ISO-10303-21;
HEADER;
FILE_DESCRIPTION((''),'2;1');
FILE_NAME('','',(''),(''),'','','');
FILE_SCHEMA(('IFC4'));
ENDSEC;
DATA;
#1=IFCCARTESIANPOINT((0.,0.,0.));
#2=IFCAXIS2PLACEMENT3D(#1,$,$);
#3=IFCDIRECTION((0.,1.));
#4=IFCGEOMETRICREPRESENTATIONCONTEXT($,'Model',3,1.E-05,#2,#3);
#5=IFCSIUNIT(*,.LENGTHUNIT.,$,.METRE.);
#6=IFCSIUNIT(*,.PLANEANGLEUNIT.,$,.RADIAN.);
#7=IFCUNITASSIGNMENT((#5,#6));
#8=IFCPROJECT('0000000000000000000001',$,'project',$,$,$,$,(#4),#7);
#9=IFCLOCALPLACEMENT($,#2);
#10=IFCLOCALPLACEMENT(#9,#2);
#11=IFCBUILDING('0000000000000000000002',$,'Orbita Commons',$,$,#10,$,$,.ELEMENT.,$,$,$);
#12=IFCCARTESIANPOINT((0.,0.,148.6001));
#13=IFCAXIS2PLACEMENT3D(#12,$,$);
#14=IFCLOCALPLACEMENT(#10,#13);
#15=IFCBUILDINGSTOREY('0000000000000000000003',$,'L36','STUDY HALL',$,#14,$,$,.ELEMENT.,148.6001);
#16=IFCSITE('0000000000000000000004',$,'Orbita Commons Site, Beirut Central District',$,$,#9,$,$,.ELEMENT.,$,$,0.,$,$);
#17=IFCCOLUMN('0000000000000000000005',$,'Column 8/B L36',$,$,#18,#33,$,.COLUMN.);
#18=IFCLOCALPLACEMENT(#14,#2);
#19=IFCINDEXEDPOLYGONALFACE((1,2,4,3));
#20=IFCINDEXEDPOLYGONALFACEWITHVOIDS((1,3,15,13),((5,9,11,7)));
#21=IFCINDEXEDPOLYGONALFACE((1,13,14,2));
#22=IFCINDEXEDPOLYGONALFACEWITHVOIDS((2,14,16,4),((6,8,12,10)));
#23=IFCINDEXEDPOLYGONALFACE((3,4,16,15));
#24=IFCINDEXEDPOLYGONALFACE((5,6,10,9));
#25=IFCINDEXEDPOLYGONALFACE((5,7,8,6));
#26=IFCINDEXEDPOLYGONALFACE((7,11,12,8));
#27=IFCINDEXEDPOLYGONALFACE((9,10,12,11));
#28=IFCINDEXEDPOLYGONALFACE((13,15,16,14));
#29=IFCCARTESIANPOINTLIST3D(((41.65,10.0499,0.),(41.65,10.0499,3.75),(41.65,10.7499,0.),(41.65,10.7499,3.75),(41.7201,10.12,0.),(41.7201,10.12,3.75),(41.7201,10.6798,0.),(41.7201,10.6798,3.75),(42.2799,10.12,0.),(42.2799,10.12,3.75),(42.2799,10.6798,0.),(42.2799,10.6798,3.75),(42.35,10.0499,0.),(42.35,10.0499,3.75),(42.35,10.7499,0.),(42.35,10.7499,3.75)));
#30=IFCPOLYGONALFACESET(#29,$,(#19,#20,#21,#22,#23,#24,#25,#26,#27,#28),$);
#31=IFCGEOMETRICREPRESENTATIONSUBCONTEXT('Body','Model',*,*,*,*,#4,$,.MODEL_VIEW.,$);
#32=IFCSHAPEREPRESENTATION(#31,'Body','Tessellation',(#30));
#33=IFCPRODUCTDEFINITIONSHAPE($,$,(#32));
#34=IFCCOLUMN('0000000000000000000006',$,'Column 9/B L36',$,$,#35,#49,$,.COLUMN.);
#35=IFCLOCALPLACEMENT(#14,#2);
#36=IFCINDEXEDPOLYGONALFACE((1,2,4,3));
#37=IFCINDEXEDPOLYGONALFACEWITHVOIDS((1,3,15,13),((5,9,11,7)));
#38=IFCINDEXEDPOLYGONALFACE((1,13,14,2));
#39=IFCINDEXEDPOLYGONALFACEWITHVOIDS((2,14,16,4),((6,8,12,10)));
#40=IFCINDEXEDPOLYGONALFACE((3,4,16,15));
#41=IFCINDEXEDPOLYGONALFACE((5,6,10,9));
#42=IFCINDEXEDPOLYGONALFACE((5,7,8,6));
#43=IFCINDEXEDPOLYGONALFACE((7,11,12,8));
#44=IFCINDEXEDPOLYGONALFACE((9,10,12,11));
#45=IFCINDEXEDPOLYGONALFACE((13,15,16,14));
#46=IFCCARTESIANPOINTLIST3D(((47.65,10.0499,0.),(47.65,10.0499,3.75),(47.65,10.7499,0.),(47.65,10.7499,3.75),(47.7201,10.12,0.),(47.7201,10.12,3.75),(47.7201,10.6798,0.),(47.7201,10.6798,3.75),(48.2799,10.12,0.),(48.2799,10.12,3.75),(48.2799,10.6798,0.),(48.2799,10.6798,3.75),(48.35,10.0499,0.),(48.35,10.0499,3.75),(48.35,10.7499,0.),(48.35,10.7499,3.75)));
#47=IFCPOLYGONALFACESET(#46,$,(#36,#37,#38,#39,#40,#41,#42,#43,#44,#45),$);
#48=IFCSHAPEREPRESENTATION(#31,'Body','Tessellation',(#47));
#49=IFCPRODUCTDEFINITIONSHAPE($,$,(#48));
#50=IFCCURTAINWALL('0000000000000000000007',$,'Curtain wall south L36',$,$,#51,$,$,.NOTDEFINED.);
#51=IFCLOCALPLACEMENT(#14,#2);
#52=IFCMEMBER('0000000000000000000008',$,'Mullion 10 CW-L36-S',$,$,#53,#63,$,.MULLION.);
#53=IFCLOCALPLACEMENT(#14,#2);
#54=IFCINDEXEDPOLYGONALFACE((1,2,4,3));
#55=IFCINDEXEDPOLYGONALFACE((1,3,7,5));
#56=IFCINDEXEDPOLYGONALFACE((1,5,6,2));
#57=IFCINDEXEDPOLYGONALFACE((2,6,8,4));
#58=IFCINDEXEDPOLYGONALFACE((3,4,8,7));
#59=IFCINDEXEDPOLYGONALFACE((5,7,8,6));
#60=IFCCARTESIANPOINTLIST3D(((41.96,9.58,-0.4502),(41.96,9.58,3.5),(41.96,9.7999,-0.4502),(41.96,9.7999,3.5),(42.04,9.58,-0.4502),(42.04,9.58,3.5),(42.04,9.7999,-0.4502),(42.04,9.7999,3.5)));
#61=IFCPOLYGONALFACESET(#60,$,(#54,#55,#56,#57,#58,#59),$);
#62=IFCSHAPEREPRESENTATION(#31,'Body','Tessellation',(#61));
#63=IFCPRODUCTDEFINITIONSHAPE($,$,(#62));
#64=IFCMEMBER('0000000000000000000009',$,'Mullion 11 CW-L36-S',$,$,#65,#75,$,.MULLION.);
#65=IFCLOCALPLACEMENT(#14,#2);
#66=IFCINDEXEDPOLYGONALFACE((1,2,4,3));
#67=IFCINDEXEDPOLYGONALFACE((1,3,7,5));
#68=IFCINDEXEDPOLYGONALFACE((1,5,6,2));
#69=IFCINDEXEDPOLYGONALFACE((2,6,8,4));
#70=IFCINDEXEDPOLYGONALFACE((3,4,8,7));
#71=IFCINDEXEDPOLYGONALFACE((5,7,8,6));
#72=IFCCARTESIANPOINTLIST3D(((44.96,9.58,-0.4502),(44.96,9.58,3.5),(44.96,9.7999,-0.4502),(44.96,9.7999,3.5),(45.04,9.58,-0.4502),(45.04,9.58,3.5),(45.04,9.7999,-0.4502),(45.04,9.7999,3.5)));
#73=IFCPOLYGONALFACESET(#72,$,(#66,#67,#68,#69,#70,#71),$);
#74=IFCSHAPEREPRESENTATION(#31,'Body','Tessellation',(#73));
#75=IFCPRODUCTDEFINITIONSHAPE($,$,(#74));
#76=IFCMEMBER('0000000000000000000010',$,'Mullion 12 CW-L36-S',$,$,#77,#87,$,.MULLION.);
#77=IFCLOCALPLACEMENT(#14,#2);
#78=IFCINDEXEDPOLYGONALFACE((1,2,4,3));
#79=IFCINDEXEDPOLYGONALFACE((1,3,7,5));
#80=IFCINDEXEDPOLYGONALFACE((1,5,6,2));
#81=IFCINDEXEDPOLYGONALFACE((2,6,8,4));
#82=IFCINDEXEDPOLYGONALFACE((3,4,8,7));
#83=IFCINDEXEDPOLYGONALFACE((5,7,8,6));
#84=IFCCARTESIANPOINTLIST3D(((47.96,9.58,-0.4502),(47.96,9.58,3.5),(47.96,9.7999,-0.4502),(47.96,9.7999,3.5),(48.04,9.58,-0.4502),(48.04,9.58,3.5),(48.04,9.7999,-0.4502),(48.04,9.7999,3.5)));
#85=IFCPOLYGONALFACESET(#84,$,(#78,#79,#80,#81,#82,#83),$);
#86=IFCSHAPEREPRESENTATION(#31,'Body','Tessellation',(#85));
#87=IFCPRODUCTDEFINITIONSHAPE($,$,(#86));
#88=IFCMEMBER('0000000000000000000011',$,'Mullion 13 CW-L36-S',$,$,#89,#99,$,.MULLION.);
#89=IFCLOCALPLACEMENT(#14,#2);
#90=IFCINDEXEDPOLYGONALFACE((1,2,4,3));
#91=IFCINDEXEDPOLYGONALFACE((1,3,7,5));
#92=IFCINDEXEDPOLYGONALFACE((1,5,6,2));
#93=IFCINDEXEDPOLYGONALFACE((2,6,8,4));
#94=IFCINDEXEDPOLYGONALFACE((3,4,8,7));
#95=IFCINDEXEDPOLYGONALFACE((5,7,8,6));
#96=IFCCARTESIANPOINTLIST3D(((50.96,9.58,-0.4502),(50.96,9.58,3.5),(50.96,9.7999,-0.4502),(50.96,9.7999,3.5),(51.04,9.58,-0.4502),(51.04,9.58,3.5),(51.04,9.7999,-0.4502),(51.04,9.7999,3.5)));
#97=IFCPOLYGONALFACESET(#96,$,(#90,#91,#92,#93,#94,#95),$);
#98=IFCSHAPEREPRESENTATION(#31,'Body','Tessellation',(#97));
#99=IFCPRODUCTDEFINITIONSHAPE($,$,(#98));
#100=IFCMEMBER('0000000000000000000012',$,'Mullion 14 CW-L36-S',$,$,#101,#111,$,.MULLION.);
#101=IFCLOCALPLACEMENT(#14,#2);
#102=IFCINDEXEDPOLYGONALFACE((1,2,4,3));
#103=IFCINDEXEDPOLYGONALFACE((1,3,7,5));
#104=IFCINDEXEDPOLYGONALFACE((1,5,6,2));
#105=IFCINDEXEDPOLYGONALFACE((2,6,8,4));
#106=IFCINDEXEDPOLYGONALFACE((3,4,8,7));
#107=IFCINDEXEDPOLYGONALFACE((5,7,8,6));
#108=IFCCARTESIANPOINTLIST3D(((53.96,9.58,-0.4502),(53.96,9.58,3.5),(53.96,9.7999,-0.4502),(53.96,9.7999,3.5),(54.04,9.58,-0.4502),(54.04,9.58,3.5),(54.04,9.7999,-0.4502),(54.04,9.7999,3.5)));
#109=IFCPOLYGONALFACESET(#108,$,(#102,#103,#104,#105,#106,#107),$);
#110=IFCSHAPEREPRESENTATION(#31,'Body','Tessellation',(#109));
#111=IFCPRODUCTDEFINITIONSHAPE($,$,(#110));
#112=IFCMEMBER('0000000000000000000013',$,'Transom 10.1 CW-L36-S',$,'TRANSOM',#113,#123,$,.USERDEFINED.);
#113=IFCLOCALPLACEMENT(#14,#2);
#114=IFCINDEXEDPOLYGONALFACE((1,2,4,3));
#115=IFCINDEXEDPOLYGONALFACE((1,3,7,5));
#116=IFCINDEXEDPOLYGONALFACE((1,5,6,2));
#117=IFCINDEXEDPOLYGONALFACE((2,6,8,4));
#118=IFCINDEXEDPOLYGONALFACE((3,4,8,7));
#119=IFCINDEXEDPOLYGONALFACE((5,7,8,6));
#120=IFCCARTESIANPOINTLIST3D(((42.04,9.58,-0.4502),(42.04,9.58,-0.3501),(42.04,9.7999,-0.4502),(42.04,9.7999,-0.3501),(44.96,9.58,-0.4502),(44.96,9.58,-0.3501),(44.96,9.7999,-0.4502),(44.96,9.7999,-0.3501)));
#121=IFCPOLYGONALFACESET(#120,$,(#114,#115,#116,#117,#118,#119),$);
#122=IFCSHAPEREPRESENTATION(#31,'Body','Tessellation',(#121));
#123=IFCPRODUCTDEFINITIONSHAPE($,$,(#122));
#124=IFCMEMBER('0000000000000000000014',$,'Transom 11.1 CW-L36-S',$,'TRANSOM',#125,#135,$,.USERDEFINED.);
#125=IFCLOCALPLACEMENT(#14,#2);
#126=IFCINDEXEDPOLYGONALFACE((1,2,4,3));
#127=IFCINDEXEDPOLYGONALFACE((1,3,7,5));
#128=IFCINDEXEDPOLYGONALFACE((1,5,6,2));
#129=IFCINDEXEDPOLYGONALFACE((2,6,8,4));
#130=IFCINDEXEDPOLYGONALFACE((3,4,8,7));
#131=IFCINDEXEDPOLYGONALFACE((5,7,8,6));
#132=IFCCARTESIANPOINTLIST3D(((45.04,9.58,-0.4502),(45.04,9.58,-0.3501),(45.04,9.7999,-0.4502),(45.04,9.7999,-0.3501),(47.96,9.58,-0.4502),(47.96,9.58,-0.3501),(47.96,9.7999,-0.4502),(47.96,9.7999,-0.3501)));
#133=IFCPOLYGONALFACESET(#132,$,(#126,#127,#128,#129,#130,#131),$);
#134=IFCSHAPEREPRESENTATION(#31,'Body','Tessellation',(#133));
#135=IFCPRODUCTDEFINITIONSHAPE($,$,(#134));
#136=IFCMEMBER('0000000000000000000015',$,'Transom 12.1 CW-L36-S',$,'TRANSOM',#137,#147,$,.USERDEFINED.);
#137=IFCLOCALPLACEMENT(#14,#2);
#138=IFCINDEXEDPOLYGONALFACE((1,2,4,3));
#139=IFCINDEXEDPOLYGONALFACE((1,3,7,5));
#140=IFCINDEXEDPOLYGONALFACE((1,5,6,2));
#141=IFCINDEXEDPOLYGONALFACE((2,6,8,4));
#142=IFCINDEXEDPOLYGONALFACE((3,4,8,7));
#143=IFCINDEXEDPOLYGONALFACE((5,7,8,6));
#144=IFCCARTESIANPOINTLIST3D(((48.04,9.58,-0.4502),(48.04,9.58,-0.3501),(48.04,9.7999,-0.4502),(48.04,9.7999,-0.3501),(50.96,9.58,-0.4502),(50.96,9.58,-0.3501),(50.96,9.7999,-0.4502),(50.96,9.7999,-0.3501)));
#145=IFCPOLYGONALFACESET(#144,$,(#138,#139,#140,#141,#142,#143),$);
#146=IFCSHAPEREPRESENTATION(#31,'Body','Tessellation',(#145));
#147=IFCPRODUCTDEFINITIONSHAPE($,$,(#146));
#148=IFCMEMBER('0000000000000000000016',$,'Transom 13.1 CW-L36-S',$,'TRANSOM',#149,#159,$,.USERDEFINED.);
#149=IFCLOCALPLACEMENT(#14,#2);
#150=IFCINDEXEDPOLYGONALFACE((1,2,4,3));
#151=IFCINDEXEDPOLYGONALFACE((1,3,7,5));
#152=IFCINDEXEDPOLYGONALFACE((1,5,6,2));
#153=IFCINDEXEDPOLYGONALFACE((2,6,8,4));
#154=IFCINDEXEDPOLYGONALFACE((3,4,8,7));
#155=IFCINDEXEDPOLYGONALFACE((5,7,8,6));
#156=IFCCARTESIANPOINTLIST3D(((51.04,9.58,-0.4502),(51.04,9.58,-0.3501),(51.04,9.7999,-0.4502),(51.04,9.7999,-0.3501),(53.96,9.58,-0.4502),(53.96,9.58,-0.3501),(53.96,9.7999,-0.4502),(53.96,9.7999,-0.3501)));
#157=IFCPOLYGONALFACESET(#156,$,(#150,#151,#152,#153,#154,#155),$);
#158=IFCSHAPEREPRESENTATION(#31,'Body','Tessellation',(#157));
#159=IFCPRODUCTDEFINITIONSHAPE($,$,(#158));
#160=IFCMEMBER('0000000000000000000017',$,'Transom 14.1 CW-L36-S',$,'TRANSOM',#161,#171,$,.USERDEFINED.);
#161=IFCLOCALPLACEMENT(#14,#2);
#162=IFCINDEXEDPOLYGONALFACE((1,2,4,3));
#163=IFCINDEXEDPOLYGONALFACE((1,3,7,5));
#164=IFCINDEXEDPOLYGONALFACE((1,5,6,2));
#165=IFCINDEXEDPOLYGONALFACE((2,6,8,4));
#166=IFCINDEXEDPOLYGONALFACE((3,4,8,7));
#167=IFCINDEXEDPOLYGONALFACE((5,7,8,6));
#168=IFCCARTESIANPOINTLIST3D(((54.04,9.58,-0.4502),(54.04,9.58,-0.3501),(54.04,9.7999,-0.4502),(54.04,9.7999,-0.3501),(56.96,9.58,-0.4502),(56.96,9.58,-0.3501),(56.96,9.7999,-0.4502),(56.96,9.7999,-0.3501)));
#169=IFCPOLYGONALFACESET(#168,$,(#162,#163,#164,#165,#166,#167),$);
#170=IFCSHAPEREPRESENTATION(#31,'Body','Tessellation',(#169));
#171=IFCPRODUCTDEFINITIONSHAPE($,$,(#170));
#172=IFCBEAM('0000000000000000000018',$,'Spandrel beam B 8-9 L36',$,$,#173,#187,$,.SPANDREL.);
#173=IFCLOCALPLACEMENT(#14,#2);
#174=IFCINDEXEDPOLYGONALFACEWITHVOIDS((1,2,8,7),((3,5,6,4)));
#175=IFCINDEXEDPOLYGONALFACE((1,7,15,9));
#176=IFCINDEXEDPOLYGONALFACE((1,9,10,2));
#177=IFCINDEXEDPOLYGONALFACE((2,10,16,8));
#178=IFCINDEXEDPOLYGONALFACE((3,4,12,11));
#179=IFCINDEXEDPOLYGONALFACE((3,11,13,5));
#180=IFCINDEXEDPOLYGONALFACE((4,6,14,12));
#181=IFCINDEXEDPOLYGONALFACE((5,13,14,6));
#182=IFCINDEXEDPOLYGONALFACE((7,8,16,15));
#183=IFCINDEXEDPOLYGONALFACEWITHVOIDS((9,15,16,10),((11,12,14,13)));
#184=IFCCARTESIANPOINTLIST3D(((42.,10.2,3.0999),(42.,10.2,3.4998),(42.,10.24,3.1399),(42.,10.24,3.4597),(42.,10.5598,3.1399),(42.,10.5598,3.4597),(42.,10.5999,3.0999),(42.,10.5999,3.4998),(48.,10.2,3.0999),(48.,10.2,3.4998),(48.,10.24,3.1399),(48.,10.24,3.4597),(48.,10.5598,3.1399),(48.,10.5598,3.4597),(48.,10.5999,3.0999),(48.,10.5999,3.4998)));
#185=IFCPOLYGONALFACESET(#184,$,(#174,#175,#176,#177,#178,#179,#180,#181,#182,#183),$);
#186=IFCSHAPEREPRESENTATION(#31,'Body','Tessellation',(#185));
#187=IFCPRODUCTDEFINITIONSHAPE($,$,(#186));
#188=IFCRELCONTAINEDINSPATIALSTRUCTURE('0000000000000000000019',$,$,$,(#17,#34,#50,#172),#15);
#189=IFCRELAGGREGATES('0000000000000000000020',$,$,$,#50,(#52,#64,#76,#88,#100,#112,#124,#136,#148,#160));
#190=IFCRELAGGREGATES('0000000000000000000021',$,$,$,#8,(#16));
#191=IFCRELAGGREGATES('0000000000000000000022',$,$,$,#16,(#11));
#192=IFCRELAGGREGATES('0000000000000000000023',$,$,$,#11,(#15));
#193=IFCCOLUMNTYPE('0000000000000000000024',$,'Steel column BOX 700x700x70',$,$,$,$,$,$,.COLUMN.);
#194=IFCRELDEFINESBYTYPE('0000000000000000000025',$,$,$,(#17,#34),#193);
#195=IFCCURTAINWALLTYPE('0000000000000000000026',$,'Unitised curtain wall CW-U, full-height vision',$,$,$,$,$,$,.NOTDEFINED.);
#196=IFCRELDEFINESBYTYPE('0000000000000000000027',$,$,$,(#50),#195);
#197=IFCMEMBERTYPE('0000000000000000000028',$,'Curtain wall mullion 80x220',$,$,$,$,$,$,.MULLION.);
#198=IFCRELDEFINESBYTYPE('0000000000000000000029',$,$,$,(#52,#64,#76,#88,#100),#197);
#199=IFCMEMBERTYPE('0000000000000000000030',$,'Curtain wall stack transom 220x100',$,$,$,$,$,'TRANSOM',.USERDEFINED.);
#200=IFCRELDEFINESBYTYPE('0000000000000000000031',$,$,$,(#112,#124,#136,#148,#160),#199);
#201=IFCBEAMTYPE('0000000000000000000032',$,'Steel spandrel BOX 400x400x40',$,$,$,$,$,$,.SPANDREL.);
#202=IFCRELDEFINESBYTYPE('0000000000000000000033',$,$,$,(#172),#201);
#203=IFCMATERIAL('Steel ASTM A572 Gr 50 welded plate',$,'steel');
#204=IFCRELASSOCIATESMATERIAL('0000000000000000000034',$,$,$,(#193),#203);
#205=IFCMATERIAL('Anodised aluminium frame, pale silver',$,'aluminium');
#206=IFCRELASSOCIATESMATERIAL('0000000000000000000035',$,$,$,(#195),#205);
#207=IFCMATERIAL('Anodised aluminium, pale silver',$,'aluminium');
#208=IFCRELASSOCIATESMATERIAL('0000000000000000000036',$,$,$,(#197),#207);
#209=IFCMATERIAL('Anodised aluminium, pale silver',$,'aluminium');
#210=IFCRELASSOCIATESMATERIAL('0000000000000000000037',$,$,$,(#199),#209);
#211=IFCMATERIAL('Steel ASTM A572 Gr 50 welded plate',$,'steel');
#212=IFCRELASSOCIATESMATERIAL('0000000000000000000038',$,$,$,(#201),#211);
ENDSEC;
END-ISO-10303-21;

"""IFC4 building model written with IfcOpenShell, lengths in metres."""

from ifc_helpers import new_model, si_unit, direction, frame, origin, origin_2d, place, context, subcontext, project, spatial, rectangle, hollow_rectangle, extrude, material, material_profile, profile_set, type_object, element, aggregate, save


model = new_model("IFC4")

# Units and contexts
model_context = context("Model", 3, precision=1e-05, world=origin(), true_north=direction((0.0, 1.0)))
body_context = subcontext(model_context, "Body", "Model", "MODEL_VIEW")
ifc_project = project(units=[si_unit("LENGTHUNIT", "METRE"), si_unit("PLANEANGLEUNIT", "RADIAN")], contexts=[model_context])

# Site, building, storey
site_placement = place(None, origin())
site = spatial("IfcSite", under=ifc_project, at=site_placement, Name="Orbita Commons Site, Beirut Central District", CompositionType="ELEMENT", RefElevation=0.0)
building_placement = place(site_placement, origin())
building = spatial("IfcBuilding", under=site, at=building_placement, Name="Orbita Commons", CompositionType="ELEMENT")
storey_placement = place(building_placement, frame((0.0, 0.0, 148.6001)))
storey = spatial("IfcBuildingStorey", under=building, at=storey_placement, Name="L36", Description="STUDY HALL", CompositionType="ELEMENT", Elevation=148.6001)

# Columns
ifc_material_1 = material(Name="Steel ASTM A572 Gr 50 welded plate", Category="steel")
ifc_material_profile_1 = material_profile(ifc_material_1, hollow_rectangle(XDim=0.7, YDim=0.7, WallThickness=0.0701, at=origin_2d()), Name="BOX 700x700x70")
ifc_profile_set_1 = profile_set([ifc_material_profile_1], Name="Steel ASTM A572 Gr 50 welded plate")
column_type = type_object("IfcColumnType", Name="Steel column BOX 700x700x70", PredefinedType="COLUMN", material=ifc_profile_set_1)
for number, where, z_axis, x_axis, name in (
    (1, (42.0, 10.3999, 0.0), (0.0, 0.0, 1.0), (1.0, 0.0, 0.0), "Column 8/B L36"),
    (2, (48.0, 10.3999, 0.0), (0.0, 0.0, 1.0), (1.0, 0.0, 0.0), "Column 9/B L36"),
):
    element("IfcColumn", number, at=place(storey_placement, frame(where, z_axis=z_axis, x_axis=x_axis)), inside=storey, type_object=column_type, Name=name, PredefinedType="COLUMN", context=body_context, shape_type="SweptSolid", body=[
        extrude(hollow_rectangle(XDim=0.7, YDim=0.7, WallThickness=0.0701, at=origin_2d()), origin(), (0.0, 0.0, 1.0), 3.75),
    ])

# Curtain wall, members
ifc_material_2 = material(Name="Anodised aluminium frame, pale silver", Category="aluminium")
curtain_wall_type = type_object("IfcCurtainWallType", Name="Unitised curtain wall CW-U, full-height vision", PredefinedType="NOTDEFINED", material=ifc_material_2)
curtain_wall_placement = place(storey_placement, origin())
curtain_wall = element("IfcCurtainWall", 3, at=curtain_wall_placement, inside=storey, type_object=curtain_wall_type, Name="Curtain wall south L36", PredefinedType="NOTDEFINED")
ifc_material_3 = material(Name="Anodised aluminium, pale silver", Category="aluminium")
ifc_material_profile_2 = material_profile(ifc_material_3, rectangle(XDim=0.0801, YDim=0.22, at=origin_2d()), Name="AL 80x220")
ifc_profile_set_2 = profile_set([ifc_material_profile_2], Name="Anodised aluminium, pale silver")
member_type_1 = type_object("IfcMemberType", Name="Curtain wall mullion 80x220", PredefinedType="MULLION", material=ifc_profile_set_2)
member_1_placement = place(storey_placement, frame((42.0, 9.6899, -0.4502), z_axis=(0.0, 0.0, 1.0), x_axis=(1.0, 0.0, 0.0)))
member_1 = element("IfcMember", 4, at=member_1_placement, type_object=member_type_1, Name="Mullion 10 CW-L36-S", PredefinedType="MULLION", context=body_context, shape_type="SweptSolid", body=[
    extrude(rectangle(XDim=0.0801, YDim=0.22, at=origin_2d()), origin(), (0.0, 0.0, 1.0), 3.9502),
])
member_2_placement = place(storey_placement, frame((45.0, 9.6899, -0.4502), z_axis=(0.0, 0.0, 1.0), x_axis=(1.0, 0.0, 0.0)))
member_2 = element("IfcMember", 5, at=member_2_placement, type_object=member_type_1, Name="Mullion 11 CW-L36-S", PredefinedType="MULLION", context=body_context, shape_type="SweptSolid", body=[
    extrude(rectangle(XDim=0.0801, YDim=0.22, at=origin_2d()), origin(), (0.0, 0.0, 1.0), 3.9502),
])
member_3_placement = place(storey_placement, frame((48.0, 9.6899, -0.4502), z_axis=(0.0, 0.0, 1.0), x_axis=(1.0, 0.0, 0.0)))
member_3 = element("IfcMember", 6, at=member_3_placement, type_object=member_type_1, Name="Mullion 12 CW-L36-S", PredefinedType="MULLION", context=body_context, shape_type="SweptSolid", body=[
    extrude(rectangle(XDim=0.0801, YDim=0.22, at=origin_2d()), origin(), (0.0, 0.0, 1.0), 3.9502),
])
member_4_placement = place(storey_placement, frame((51.0, 9.6899, -0.4502), z_axis=(0.0, 0.0, 1.0), x_axis=(1.0, 0.0, 0.0)))
member_4 = element("IfcMember", 7, at=member_4_placement, type_object=member_type_1, Name="Mullion 13 CW-L36-S", PredefinedType="MULLION", context=body_context, shape_type="SweptSolid", body=[
    extrude(rectangle(XDim=0.0801, YDim=0.22, at=origin_2d()), origin(), (0.0, 0.0, 1.0), 3.9502),
])
member_5_placement = place(storey_placement, frame((54.0, 9.6899, -0.4502), z_axis=(0.0, 0.0, 1.0), x_axis=(1.0, 0.0, 0.0)))
member_5 = element("IfcMember", 8, at=member_5_placement, type_object=member_type_1, Name="Mullion 14 CW-L36-S", PredefinedType="MULLION", context=body_context, shape_type="SweptSolid", body=[
    extrude(rectangle(XDim=0.0801, YDim=0.22, at=origin_2d()), origin(), (0.0, 0.0, 1.0), 3.9502),
])
ifc_material_4 = material(Name="Anodised aluminium, pale silver", Category="aluminium")
ifc_material_profile_3 = material_profile(ifc_material_4, rectangle(XDim=0.22, YDim=0.1001, at=origin_2d()), Name="AL 220x100")
ifc_profile_set_3 = profile_set([ifc_material_profile_3], Name="Anodised aluminium, pale silver")
member_type_2 = type_object("IfcMemberType", Name="Curtain wall stack transom 220x100", ElementType="TRANSOM", PredefinedType="USERDEFINED", material=ifc_profile_set_3)
member_6_placement = place(storey_placement, frame((42.04, 9.6899, -0.4001), z_axis=(1.0, 0.0, 0.0), x_axis=(0.0, 1.0, 0.0)))
member_6 = element("IfcMember", 9, at=member_6_placement, type_object=member_type_2, Name="Transom 10.1 CW-L36-S", ObjectType="TRANSOM", PredefinedType="USERDEFINED", context=body_context, shape_type="SweptSolid", body=[
    extrude(rectangle(XDim=0.22, YDim=0.1001, at=origin_2d()), origin(), (0.0, 0.0, 1.0), 2.9199),
])
member_7_placement = place(storey_placement, frame((45.04, 9.6899, -0.4001), z_axis=(1.0, 0.0, 0.0), x_axis=(0.0, 1.0, 0.0)))
member_7 = element("IfcMember", 10, at=member_7_placement, type_object=member_type_2, Name="Transom 11.1 CW-L36-S", ObjectType="TRANSOM", PredefinedType="USERDEFINED", context=body_context, shape_type="SweptSolid", body=[
    extrude(rectangle(XDim=0.22, YDim=0.1001, at=origin_2d()), origin(), (0.0, 0.0, 1.0), 2.9199),
])
member_8_placement = place(storey_placement, frame((48.04, 9.6899, -0.4001), z_axis=(1.0, 0.0, 0.0), x_axis=(0.0, 1.0, 0.0)))
member_8 = element("IfcMember", 11, at=member_8_placement, type_object=member_type_2, Name="Transom 12.1 CW-L36-S", ObjectType="TRANSOM", PredefinedType="USERDEFINED", context=body_context, shape_type="SweptSolid", body=[
    extrude(rectangle(XDim=0.22, YDim=0.1001, at=origin_2d()), origin(), (0.0, 0.0, 1.0), 2.9199),
])
member_9_placement = place(storey_placement, frame((51.04, 9.6899, -0.4001), z_axis=(1.0, 0.0, 0.0), x_axis=(0.0, 1.0, 0.0)))
member_9 = element("IfcMember", 12, at=member_9_placement, type_object=member_type_2, Name="Transom 13.1 CW-L36-S", ObjectType="TRANSOM", PredefinedType="USERDEFINED", context=body_context, shape_type="SweptSolid", body=[
    extrude(rectangle(XDim=0.22, YDim=0.1001, at=origin_2d()), origin(), (0.0, 0.0, 1.0), 2.9199),
])
member_10_placement = place(storey_placement, frame((54.04, 9.6899, -0.4001), z_axis=(1.0, 0.0, 0.0), x_axis=(0.0, 1.0, 0.0)))
member_10 = element("IfcMember", 13, at=member_10_placement, type_object=member_type_2, Name="Transom 14.1 CW-L36-S", ObjectType="TRANSOM", PredefinedType="USERDEFINED", context=body_context, shape_type="SweptSolid", body=[
    extrude(rectangle(XDim=0.22, YDim=0.1001, at=origin_2d()), origin(), (0.0, 0.0, 1.0), 2.9199),
])

# Beam
ifc_material_5 = material(Name="Steel ASTM A572 Gr 50 welded plate", Category="steel")
ifc_material_profile_4 = material_profile(ifc_material_5, hollow_rectangle(XDim=0.3999, YDim=0.3999, WallThickness=0.04, at=origin_2d()), Name="BOX 400x400x40")
ifc_profile_set_4 = profile_set([ifc_material_profile_4], Name="Steel ASTM A572 Gr 50 welded plate")
beam_type = type_object("IfcBeamType", Name="Steel spandrel BOX 400x400x40", PredefinedType="SPANDREL", material=ifc_profile_set_4)
for number, where, z_axis, x_axis, name in (
    (14, (42.0, 10.3999, 3.2998), (1.0, 0.0, 0.0), (0.0, 1.0, 0.0), "Spandrel beam B 8-9 L36"),
):
    element("IfcBeam", number, at=place(storey_placement, frame(where, z_axis=z_axis, x_axis=x_axis)), inside=storey, type_object=beam_type, Name=name, PredefinedType="SPANDREL", context=body_context, shape_type="SweptSolid", body=[
        extrude(hollow_rectangle(XDim=0.3999, YDim=0.3999, WallThickness=0.04, at=origin_2d()), origin(), (0.0, 0.0, 1.0), 6.0),
    ])

aggregate(curtain_wall, [member_1, member_2, member_3, member_4, member_5, member_6, member_7, member_8, member_9, member_10])

save(model, "model.ifc")
